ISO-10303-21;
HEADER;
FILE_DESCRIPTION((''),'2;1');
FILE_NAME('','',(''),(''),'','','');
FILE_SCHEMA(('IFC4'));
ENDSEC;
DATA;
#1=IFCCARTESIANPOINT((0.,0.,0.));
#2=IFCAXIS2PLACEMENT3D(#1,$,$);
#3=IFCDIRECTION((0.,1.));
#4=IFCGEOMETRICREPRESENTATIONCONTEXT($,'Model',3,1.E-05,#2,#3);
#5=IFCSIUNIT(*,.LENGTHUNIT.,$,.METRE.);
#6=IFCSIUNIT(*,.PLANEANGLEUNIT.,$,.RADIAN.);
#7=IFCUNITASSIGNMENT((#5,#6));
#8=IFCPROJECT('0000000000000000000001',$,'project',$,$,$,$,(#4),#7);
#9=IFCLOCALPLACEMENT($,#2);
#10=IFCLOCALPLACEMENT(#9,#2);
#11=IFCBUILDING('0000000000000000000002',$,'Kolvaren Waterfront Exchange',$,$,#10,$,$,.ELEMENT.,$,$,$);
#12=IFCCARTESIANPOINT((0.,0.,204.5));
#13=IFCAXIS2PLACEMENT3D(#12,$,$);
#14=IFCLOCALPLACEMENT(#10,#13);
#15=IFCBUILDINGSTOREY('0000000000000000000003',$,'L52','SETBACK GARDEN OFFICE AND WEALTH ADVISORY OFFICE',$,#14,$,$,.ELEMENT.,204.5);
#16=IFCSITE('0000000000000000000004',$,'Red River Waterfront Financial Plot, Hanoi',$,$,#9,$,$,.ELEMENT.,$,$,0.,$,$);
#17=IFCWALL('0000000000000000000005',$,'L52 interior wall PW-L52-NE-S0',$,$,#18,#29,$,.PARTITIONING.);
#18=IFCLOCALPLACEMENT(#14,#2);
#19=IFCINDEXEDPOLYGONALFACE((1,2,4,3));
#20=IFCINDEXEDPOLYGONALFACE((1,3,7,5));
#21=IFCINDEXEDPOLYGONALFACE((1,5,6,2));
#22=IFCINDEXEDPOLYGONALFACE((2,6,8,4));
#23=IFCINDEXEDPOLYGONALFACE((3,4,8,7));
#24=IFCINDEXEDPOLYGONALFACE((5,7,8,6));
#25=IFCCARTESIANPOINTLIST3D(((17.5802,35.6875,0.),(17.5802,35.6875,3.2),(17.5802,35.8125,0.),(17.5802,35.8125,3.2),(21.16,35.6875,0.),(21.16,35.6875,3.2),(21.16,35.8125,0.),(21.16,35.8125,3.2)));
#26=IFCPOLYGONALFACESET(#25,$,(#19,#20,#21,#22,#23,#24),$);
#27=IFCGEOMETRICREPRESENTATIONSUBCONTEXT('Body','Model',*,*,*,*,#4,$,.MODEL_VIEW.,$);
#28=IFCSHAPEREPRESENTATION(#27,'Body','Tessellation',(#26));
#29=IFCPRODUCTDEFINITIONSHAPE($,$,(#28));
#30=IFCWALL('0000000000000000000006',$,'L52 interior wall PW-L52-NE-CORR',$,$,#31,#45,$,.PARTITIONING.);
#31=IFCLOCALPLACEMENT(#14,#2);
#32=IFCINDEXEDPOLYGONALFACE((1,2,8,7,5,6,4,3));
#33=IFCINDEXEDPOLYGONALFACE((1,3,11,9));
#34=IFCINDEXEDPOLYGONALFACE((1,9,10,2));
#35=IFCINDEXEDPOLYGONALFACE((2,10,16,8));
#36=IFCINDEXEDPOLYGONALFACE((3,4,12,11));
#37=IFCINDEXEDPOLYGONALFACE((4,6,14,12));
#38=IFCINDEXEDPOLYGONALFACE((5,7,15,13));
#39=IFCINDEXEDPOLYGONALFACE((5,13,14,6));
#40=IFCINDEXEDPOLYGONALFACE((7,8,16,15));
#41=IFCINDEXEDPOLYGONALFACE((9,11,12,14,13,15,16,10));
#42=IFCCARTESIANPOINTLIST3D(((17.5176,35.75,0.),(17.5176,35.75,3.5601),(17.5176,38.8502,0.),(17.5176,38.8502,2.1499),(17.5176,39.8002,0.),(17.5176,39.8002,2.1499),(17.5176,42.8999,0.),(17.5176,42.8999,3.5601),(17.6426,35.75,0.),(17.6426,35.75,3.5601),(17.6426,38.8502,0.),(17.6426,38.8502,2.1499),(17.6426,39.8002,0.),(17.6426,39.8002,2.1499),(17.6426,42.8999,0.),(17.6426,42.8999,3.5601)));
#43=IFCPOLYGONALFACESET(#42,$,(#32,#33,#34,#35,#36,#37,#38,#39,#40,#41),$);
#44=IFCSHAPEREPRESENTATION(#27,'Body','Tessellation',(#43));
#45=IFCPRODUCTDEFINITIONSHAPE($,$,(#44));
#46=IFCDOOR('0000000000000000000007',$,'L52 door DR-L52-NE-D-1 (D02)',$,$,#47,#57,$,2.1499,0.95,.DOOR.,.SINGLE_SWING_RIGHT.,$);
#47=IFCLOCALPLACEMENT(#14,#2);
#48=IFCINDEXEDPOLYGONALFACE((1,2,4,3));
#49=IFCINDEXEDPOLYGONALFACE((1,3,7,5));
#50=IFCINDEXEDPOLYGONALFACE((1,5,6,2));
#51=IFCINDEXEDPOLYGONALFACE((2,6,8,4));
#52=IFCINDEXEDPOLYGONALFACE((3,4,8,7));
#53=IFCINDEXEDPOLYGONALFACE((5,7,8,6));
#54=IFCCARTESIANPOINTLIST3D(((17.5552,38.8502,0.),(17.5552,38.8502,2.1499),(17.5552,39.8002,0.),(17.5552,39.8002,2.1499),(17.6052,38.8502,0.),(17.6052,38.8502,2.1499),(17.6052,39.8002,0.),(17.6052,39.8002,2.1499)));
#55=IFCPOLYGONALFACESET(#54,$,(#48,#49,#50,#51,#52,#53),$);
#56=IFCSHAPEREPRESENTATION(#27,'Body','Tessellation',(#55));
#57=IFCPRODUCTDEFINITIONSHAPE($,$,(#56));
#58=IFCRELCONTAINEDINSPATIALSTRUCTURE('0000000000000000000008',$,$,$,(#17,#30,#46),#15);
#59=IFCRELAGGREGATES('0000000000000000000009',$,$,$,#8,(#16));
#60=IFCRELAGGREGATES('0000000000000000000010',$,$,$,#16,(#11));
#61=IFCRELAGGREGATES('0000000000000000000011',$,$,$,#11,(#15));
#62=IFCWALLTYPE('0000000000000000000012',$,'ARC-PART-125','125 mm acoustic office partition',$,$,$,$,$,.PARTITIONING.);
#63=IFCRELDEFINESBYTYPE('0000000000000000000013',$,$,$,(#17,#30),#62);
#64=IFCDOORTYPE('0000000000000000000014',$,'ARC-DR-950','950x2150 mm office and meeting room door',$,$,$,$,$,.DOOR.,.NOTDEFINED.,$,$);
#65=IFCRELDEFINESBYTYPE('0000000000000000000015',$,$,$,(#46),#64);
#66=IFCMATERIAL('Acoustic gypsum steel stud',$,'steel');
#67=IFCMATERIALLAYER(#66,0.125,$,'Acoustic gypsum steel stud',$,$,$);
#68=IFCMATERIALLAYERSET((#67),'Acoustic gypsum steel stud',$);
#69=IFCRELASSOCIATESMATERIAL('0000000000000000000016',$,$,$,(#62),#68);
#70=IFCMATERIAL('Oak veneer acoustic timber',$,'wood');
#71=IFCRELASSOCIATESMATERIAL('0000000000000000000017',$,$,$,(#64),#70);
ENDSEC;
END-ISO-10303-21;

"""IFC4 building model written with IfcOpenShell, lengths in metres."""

from ifc_helpers import new_model, si_unit, direction, frame, frame_2d, origin, place, context, subcontext, project, spatial, rectangle, extrude, material, layer, layer_set, type_object, element, fill, save


model = new_model("IFC4")

# Units and contexts
model_context = context("Model", 3, precision=1e-05, world=origin(), true_north=direction((0.0, 1.0)))
body_context = subcontext(model_context, "Body", "Model", "MODEL_VIEW")
ifc_project = project(units=[si_unit("LENGTHUNIT", "METRE"), si_unit("PLANEANGLEUNIT", "RADIAN")], contexts=[model_context])

# Site, building, storey
site_placement = place(None, origin())
site = spatial("IfcSite", under=ifc_project, at=site_placement, Name="Red River Waterfront Financial Plot, Hanoi", CompositionType="ELEMENT", RefElevation=0.0)
building_placement = place(site_placement, origin())
building = spatial("IfcBuilding", under=site, at=building_placement, Name="Kolvaren Waterfront Exchange", CompositionType="ELEMENT")
storey_placement = place(building_placement, frame((0.0, 0.0, 204.5)))
storey = spatial("IfcBuildingStorey", under=building, at=storey_placement, Name="L52", Description="SETBACK GARDEN OFFICE AND WEALTH ADVISORY OFFICE", CompositionType="ELEMENT", Elevation=204.5)

# Shared definitions
ifc_material_1 = material(Name="Acoustic gypsum steel stud", Category="steel")
ifc_layer_1 = layer(ifc_material_1, 0.125, Name="Acoustic gypsum steel stud")
ifc_layer_set_1 = layer_set([ifc_layer_1], Name="Acoustic gypsum steel stud")
wall_type = type_object("IfcWallType", Name="ARC-PART-125", Description="125 mm acoustic office partition", PredefinedType="PARTITIONING", material=ifc_layer_set_1)

# Shared definitions
ifc_material_2 = material(Name="Oak veneer acoustic timber", Category="wood")
door_type = type_object("IfcDoorType", Name="ARC-DR-950", Description="950x2150 mm office and meeting room door", OperationType="NOTDEFINED", PredefinedType="DOOR", material=ifc_material_2)

# Wall
wall_1_placement = place(storey_placement, frame((17.5801, 35.75, 0.0), z_axis=(0.0, 0.0, 1.0), x_axis=(1.0, 0.0, 0.0)))
element("IfcWall", 1, at=wall_1_placement, inside=storey, type_object=wall_type, Name="L52 interior wall PW-L52-NE-S0", PredefinedType="PARTITIONING", context=body_context, shape_type="SweptSolid", body=[
    extrude(rectangle(XDim=3.5798, YDim=0.125, at=frame_2d((1.79, 0.0))), origin(), (0.0, 0.0, 1.0), 3.2),
])

# Wall, opening, door
wall_2_placement = place(storey_placement, frame((17.5801, 35.75, 0.0), z_axis=(0.0, 0.0, 1.0), x_axis=(0.0, 1.0, 0.0)))
wall_2 = element("IfcWall", 2, at=wall_2_placement, inside=storey, type_object=wall_type, Name="L52 interior wall PW-L52-NE-CORR", PredefinedType="PARTITIONING", context=body_context, shape_type="SweptSolid", body=[
    extrude(rectangle(XDim=7.1499, YDim=0.125, at=frame_2d((3.575, 0.0))), origin(), (0.0, 0.0, 1.0), 3.5601),
])
opening_1_placement = place(wall_2_placement, frame((3.1001, 0.0, 0.0)))
opening_1 = element("IfcOpeningElement", 3, at=opening_1_placement, cuts=wall_2, PredefinedType="OPENING", context=body_context, shape_type="SweptSolid", body=[
    extrude(rectangle(XDim=0.95, YDim=2.1499, at=frame_2d((0.4751, 1.075))), frame((0.0, 0.0725, 0.0), z_axis=(0.0, -1.0, 0.0), x_axis=(1.0, 0.0, 0.0)), (0.0, 0.0, 1.0), 0.145),
])
door_1_placement = place(opening_1_placement, origin())
door_1 = element("IfcDoor", 4, at=door_1_placement, inside=storey, type_object=door_type, Name="L52 door DR-L52-NE-D-1 (D02)", OperationType="SINGLE_SWING_RIGHT", OverallHeight=2.1499, OverallWidth=0.95, PredefinedType="DOOR", context=body_context, shape_type="SweptSolid", body=[
    extrude(rectangle(XDim=0.95, YDim=2.1499, at=frame_2d((0.4751, 1.075))), frame((0.0, 0.0249, 0.0), z_axis=(0.0, -1.0, 0.0), x_axis=(1.0, 0.0, 0.0)), (0.0, 0.0, 1.0), 0.05),
])
fill(opening_1, door_1)

save(model, "model.ifc")
